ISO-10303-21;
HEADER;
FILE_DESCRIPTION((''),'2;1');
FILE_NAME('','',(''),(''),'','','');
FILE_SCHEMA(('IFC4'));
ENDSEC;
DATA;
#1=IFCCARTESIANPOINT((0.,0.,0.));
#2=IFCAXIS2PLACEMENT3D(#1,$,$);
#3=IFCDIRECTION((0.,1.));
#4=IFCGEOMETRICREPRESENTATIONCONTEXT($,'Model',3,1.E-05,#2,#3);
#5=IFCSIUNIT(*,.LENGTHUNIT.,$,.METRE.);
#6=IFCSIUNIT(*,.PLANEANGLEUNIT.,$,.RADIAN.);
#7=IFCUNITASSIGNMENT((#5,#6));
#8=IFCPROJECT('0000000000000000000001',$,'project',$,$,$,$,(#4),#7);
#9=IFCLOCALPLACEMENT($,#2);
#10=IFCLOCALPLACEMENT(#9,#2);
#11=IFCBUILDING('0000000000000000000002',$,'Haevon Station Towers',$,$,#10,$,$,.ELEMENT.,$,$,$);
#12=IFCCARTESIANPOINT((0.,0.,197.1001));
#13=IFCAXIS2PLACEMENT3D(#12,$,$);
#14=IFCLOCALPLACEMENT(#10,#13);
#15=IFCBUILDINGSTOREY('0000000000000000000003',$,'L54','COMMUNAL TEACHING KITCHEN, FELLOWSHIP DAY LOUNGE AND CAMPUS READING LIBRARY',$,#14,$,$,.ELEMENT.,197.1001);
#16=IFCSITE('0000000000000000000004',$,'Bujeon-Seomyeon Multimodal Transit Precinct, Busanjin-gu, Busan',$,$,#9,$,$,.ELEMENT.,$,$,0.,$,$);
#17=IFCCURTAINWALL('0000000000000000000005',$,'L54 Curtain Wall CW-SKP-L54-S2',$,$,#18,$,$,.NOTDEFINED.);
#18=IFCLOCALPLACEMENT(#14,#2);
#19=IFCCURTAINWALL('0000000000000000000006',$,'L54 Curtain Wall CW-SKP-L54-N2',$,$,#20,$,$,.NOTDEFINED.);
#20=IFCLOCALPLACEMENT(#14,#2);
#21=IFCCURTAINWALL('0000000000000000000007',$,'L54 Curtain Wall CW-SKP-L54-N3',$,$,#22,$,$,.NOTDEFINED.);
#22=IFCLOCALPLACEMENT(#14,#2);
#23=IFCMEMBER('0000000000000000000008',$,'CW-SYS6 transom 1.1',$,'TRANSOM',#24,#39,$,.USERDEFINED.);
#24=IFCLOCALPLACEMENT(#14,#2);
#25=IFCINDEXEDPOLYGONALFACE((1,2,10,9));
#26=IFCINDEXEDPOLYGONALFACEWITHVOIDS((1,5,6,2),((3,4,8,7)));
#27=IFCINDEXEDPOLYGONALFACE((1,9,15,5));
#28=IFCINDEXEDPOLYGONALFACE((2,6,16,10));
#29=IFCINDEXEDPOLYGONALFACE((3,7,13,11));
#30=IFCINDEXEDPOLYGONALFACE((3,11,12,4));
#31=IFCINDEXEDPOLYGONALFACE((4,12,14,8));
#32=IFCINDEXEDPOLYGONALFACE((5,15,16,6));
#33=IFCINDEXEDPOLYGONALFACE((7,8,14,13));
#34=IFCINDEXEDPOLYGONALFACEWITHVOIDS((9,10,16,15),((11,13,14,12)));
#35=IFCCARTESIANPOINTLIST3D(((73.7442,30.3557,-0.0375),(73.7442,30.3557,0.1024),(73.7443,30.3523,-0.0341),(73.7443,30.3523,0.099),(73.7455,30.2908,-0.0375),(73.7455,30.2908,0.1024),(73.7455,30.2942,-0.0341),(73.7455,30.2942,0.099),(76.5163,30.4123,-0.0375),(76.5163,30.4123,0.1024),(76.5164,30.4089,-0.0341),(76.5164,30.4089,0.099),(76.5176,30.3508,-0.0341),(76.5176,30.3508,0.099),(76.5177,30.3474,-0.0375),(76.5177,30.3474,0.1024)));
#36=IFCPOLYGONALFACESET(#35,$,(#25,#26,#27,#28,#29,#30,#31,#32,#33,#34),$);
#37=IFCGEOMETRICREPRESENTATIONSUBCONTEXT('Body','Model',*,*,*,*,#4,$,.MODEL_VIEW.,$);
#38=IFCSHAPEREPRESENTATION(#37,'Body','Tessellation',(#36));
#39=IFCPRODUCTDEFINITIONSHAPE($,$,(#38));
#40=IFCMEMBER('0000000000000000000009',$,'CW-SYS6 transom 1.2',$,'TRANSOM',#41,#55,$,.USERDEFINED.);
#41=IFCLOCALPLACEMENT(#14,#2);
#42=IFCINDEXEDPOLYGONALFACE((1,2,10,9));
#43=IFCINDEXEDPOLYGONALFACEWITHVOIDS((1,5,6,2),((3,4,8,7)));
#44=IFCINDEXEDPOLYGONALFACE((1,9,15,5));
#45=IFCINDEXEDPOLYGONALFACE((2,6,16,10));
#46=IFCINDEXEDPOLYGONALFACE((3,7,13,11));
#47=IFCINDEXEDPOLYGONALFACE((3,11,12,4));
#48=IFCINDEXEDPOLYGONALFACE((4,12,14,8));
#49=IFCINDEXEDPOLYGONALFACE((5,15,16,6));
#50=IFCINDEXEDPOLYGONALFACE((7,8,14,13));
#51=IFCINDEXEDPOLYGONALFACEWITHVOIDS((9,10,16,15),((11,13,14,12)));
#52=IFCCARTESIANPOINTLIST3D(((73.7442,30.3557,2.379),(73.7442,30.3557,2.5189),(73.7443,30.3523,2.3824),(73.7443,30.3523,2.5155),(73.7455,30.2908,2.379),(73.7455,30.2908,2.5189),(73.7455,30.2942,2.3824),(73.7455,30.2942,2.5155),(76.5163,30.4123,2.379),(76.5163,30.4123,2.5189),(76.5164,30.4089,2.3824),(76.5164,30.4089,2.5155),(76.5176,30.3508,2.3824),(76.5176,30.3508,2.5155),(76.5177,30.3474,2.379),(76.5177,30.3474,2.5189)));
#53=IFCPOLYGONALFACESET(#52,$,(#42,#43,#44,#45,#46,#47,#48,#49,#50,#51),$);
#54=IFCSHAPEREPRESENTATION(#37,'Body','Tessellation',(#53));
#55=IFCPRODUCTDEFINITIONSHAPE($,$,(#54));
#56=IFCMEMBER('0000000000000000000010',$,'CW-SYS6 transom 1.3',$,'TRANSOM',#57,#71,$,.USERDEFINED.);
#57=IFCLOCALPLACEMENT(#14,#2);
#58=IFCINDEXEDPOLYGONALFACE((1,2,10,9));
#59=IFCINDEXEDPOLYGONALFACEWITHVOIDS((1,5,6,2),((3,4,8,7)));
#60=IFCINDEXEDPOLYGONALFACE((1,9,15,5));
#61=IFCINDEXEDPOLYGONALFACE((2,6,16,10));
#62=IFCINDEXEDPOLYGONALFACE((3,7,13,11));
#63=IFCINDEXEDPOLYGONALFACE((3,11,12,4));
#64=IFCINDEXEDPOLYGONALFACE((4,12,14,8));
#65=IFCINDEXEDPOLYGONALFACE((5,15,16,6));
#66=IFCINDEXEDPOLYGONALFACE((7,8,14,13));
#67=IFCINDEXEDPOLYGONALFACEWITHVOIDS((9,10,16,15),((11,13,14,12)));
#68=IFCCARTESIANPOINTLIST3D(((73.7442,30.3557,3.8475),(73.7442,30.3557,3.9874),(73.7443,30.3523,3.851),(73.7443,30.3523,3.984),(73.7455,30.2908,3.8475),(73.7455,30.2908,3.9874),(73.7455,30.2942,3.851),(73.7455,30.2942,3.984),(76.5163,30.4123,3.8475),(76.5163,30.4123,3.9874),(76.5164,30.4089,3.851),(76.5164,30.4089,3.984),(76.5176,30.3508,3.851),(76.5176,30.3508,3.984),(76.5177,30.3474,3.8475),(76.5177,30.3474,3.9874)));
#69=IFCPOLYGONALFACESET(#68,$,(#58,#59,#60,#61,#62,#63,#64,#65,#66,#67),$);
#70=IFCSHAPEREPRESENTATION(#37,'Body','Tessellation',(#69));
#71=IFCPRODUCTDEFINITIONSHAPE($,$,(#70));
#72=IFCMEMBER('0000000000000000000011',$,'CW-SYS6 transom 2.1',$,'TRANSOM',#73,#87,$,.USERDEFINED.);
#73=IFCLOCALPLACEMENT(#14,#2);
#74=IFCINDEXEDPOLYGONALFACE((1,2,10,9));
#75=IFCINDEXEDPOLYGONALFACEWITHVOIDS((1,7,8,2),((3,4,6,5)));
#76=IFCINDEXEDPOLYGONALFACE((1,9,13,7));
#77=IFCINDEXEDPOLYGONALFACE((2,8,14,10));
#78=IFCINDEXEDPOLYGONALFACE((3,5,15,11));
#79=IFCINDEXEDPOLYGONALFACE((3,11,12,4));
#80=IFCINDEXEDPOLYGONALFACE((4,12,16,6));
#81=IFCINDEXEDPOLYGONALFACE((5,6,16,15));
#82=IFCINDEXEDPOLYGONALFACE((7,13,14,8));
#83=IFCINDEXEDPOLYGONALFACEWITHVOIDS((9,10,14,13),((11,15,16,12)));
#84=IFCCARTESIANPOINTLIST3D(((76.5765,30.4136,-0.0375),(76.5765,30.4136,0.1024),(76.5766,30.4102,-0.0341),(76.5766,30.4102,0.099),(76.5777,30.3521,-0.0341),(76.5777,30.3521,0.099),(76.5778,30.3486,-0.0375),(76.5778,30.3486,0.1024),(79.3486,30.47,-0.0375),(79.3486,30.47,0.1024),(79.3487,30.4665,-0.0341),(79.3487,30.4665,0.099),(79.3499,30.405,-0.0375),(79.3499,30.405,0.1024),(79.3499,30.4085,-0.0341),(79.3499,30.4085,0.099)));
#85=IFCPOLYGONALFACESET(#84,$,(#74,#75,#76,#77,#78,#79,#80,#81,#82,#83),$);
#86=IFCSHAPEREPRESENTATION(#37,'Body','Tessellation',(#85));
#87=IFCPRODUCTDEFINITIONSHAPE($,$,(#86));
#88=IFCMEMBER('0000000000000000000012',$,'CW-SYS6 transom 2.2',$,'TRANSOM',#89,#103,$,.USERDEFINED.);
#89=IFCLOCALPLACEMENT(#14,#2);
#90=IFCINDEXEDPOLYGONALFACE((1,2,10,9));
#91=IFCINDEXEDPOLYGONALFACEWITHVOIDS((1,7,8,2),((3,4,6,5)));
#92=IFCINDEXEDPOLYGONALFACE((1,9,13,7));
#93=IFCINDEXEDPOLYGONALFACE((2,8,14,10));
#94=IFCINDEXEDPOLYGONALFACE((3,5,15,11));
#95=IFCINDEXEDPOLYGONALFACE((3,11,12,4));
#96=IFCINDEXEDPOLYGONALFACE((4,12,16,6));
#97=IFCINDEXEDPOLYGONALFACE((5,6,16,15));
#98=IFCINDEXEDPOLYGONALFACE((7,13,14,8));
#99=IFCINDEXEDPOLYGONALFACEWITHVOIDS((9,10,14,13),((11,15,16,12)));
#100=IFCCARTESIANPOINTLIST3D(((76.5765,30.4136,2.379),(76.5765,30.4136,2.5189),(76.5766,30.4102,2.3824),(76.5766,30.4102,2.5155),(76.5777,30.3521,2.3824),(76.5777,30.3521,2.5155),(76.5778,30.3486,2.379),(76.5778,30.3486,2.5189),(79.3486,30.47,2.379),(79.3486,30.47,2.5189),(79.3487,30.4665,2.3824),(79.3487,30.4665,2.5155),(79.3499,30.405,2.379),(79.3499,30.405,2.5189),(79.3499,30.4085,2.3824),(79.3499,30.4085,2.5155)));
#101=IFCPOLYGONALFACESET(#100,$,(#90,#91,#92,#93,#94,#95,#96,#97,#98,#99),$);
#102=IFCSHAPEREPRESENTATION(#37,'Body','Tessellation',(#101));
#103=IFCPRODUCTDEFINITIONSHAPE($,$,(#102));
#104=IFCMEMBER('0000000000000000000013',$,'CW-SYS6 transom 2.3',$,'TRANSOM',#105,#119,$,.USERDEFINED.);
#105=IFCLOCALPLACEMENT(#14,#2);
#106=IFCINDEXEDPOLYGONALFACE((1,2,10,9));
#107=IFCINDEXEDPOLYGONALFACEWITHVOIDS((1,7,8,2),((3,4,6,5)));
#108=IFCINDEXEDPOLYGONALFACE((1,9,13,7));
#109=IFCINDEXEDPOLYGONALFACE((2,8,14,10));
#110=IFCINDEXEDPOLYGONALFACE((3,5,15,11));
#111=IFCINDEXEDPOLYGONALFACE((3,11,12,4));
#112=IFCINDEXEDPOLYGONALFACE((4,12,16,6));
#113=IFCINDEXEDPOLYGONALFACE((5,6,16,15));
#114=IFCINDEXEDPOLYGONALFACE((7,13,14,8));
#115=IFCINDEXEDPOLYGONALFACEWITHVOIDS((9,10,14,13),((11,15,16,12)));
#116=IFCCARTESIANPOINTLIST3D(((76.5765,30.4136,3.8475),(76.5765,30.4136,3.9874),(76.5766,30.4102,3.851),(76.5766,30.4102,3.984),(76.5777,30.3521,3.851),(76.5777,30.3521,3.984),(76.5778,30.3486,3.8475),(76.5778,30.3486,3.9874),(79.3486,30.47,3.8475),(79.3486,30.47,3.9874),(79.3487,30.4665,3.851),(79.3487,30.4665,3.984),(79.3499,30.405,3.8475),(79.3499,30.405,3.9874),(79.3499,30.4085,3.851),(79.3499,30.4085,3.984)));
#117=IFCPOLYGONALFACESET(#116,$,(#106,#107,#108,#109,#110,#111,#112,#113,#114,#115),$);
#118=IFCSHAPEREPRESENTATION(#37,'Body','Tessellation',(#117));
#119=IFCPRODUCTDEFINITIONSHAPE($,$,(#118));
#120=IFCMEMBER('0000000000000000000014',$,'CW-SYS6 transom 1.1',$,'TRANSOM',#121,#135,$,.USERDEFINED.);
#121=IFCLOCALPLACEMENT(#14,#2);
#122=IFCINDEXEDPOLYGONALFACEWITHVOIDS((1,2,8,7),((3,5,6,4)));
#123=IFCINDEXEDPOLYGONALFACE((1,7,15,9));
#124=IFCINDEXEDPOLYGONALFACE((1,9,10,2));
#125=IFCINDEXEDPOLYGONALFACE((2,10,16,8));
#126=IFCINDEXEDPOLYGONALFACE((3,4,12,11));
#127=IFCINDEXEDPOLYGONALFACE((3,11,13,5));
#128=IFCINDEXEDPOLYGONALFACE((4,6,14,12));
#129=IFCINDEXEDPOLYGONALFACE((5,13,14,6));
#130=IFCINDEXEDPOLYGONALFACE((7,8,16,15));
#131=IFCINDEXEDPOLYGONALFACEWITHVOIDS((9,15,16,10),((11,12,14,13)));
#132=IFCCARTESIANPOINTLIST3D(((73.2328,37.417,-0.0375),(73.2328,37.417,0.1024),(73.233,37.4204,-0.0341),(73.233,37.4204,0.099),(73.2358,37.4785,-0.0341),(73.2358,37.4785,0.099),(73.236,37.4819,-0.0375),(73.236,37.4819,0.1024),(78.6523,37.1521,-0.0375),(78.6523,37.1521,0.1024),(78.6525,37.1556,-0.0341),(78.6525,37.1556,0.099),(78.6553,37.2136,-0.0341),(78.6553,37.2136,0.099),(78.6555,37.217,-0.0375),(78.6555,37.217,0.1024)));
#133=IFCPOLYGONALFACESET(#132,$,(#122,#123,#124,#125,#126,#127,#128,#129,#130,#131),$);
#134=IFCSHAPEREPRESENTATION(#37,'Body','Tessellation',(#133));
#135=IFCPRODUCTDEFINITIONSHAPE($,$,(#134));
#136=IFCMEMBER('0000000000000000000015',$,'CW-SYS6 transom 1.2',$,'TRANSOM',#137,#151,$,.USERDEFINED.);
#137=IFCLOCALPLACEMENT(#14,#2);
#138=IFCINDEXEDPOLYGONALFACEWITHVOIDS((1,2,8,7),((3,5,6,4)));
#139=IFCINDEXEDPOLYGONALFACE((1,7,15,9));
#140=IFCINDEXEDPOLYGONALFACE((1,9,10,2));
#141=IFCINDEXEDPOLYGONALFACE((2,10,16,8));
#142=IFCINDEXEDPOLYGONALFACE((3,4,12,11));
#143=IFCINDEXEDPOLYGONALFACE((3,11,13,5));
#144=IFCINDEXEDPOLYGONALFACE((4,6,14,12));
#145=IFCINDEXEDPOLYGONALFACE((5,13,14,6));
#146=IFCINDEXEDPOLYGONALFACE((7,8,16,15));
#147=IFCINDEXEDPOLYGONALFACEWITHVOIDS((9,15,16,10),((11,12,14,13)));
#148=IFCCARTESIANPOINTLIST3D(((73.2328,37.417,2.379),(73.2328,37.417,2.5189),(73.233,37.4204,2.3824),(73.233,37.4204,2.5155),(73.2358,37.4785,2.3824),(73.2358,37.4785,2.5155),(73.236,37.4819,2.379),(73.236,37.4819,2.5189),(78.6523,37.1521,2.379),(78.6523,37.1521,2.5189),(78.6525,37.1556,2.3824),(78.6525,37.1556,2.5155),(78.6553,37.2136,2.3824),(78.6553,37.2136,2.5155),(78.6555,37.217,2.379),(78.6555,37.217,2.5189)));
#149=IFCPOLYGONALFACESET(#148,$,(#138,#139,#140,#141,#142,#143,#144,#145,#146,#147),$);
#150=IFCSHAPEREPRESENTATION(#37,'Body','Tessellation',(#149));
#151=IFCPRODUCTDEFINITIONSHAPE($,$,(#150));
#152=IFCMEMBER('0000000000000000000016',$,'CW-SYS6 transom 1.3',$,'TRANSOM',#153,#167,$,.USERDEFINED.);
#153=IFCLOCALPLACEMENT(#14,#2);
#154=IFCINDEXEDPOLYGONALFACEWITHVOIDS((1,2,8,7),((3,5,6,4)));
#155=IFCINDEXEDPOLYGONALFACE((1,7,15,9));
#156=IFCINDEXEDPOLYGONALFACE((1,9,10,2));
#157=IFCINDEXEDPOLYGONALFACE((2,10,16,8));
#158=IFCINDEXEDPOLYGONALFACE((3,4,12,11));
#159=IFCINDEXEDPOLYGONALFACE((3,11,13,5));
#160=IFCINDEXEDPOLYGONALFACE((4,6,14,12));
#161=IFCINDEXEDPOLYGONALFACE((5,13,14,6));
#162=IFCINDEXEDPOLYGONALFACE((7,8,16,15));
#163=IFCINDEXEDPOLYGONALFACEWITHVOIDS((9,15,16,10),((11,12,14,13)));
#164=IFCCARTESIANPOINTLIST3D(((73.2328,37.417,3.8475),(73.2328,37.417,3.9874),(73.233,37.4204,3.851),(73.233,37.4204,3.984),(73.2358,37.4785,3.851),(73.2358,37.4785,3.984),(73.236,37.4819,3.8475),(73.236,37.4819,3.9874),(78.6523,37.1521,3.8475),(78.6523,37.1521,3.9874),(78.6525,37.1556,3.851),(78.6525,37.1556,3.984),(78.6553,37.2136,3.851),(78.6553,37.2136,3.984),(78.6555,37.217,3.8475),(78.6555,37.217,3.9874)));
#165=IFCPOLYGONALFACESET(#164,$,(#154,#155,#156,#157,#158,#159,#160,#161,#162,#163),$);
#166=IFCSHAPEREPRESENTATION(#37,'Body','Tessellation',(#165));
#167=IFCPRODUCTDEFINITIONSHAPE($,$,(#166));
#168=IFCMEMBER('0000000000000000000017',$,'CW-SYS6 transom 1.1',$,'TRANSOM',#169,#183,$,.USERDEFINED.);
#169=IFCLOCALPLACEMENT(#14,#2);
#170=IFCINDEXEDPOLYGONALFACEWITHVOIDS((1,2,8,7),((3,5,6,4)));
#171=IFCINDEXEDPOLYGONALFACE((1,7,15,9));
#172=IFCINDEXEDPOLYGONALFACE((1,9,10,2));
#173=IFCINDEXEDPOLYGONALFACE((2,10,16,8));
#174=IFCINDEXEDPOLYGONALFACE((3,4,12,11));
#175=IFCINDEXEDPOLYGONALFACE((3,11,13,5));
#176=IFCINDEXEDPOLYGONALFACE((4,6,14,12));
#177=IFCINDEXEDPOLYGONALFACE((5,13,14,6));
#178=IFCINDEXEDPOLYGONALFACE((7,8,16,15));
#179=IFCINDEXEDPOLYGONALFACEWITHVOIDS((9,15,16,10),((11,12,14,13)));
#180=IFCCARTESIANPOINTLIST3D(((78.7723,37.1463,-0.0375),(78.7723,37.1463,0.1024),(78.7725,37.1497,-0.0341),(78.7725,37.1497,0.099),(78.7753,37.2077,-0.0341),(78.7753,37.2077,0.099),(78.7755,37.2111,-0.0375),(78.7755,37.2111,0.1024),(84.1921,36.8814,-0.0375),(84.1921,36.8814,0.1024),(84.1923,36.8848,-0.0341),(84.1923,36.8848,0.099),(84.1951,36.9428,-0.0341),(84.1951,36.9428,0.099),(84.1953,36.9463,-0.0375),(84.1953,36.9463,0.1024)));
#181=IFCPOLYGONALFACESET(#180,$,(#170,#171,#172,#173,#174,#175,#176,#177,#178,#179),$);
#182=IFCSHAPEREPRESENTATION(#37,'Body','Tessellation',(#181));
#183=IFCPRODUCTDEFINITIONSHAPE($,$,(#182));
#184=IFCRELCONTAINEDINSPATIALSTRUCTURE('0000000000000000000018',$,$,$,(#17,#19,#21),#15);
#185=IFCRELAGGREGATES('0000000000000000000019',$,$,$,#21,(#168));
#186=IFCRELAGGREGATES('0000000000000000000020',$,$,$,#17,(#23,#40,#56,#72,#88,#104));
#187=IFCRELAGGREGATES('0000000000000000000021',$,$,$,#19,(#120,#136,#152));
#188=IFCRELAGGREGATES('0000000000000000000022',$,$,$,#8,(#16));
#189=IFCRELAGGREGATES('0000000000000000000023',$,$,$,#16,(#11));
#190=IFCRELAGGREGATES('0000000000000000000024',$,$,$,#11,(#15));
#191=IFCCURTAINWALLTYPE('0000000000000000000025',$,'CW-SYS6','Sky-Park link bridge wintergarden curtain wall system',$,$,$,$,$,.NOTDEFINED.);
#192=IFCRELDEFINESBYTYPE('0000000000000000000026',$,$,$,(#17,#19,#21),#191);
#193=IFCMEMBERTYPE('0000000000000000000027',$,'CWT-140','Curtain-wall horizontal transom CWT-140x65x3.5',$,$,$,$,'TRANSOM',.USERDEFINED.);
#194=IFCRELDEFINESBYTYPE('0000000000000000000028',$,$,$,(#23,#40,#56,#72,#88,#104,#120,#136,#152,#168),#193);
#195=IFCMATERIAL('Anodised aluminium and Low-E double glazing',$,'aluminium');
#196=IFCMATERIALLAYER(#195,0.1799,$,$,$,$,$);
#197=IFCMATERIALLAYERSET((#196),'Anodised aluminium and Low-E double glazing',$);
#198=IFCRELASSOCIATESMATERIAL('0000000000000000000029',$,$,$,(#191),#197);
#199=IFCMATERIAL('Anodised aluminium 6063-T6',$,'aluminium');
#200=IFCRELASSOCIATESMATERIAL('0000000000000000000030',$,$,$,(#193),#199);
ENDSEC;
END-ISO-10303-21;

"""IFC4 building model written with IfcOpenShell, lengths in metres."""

from ifc_helpers import new_model, si_unit, direction, frame, origin, origin_2d, place, context, subcontext, project, spatial, hollow_rectangle, extrude, material, layer, layer_set, material_profile, profile_set, type_object, element, aggregate, save


model = new_model("IFC4")

# Units and contexts
model_context = context("Model", 3, precision=1e-05, world=origin(), true_north=direction((0.0, 1.0)))
body_context = subcontext(model_context, "Body", "Model", "MODEL_VIEW")
ifc_project = project(units=[si_unit("LENGTHUNIT", "METRE"), si_unit("PLANEANGLEUNIT", "RADIAN")], contexts=[model_context])

# Site, building, storey
site_placement = place(None, origin())
site = spatial("IfcSite", under=ifc_project, at=site_placement, Name="Bujeon-Seomyeon Multimodal Transit Precinct, Busanjin-gu, Busan", CompositionType="ELEMENT", RefElevation=0.0)
building_placement = place(site_placement, origin())
building = spatial("IfcBuilding", under=site, at=building_placement, Name="Haevon Station Towers", CompositionType="ELEMENT")
storey_placement = place(building_placement, frame((0.0, 0.0, 197.1001)))
storey = spatial("IfcBuildingStorey", under=building, at=storey_placement, Name="L54", Description="COMMUNAL TEACHING KITCHEN, FELLOWSHIP DAY LOUNGE AND CAMPUS READING LIBRARY", CompositionType="ELEMENT", Elevation=197.1001)

# Shared definitions
ifc_material_1 = material(Name="Anodised aluminium and Low-E double glazing", Category="aluminium")
ifc_layer_1 = layer(ifc_material_1, 0.1799)
ifc_layer_set_1 = layer_set([ifc_layer_1], Name="Anodised aluminium and Low-E double glazing")
curtain_wall_type = type_object("IfcCurtainWallType", Name="CW-SYS6", Description="Sky-Park link bridge wintergarden curtain wall system", PredefinedType="NOTDEFINED", material=ifc_layer_set_1)
ifc_material_2 = material(Name="Anodised aluminium 6063-T6", Category="aluminium")

# Curtain wall
curtain_wall_1_placement = place(storey_placement, origin())
curtain_wall_1 = element("IfcCurtainWall", 1, at=curtain_wall_1_placement, inside=storey, type_object=curtain_wall_type, Name="L54 Curtain Wall CW-SKP-L54-S2", PredefinedType="NOTDEFINED")

# Curtain wall
curtain_wall_2_placement = place(storey_placement, origin())
curtain_wall_2 = element("IfcCurtainWall", 2, at=curtain_wall_2_placement, inside=storey, type_object=curtain_wall_type, Name="L54 Curtain Wall CW-SKP-L54-N2", PredefinedType="NOTDEFINED")

# Curtain wall
curtain_wall_3_placement = place(storey_placement, origin())
curtain_wall_3 = element("IfcCurtainWall", 3, at=curtain_wall_3_placement, inside=storey, type_object=curtain_wall_type, Name="L54 Curtain Wall CW-SKP-L54-N3", PredefinedType="NOTDEFINED")

# Members
ifc_material_profile_1 = material_profile(ifc_material_2, hollow_rectangle(XDim=0.0649, YDim=0.1399, WallThickness=0.0034, at=origin_2d()), Name="CWT-140x65x3.5")
ifc_profile_set_1 = profile_set([ifc_material_profile_1], Name="Anodised aluminium 6063-T6")
member_type_1 = type_object("IfcMemberType", Name="CWT-140", Description="Curtain-wall horizontal transom CWT-140x65x3.5", ElementType="TRANSOM", PredefinedType="USERDEFINED", material=ifc_profile_set_1)
member_1_placement = place(storey_placement, frame((73.7449, 30.3232, 0.0325), z_axis=(0.999791, 0.020427, 0.0), x_axis=(-0.020427, 0.999791, 0.0)))
member_1 = element("IfcMember", 4, at=member_1_placement, type_object=member_type_1, Name="CW-SYS6 transom 1.1", ObjectType="TRANSOM", PredefinedType="USERDEFINED", context=body_context, shape_type="SweptSolid", body=[
    extrude(hollow_rectangle(XDim=0.0649, YDim=0.1399, WallThickness=0.0034, at=origin_2d()), origin(), (0.0, 0.0, 1.0), 2.7727),
])
member_2_placement = place(storey_placement, frame((73.7449, 30.3232, 2.449), z_axis=(0.999791, 0.020427, 0.0), x_axis=(-0.020427, 0.999791, 0.0)))
member_2 = element("IfcMember", 5, at=member_2_placement, type_object=member_type_1, Name="CW-SYS6 transom 1.2", ObjectType="TRANSOM", PredefinedType="USERDEFINED", context=body_context, shape_type="SweptSolid", body=[
    extrude(hollow_rectangle(XDim=0.0649, YDim=0.1399, WallThickness=0.0034, at=origin_2d()), origin(), (0.0, 0.0, 1.0), 2.7727),
])
member_3_placement = place(storey_placement, frame((73.7449, 30.3232, 3.9175), z_axis=(0.999791, 0.020427, 0.0), x_axis=(-0.020427, 0.999791, 0.0)))
member_3 = element("IfcMember", 6, at=member_3_placement, type_object=member_type_1, Name="CW-SYS6 transom 1.3", ObjectType="TRANSOM", PredefinedType="USERDEFINED", context=body_context, shape_type="SweptSolid", body=[
    extrude(hollow_rectangle(XDim=0.0649, YDim=0.1399, WallThickness=0.0034, at=origin_2d()), origin(), (0.0, 0.0, 1.0), 2.7727),
])
member_4_placement = place(storey_placement, frame((76.5771, 30.3811, 0.0325), z_axis=(0.999793, 0.020339, 0.0), x_axis=(-0.020339, 0.999793, 0.0)))
member_4 = element("IfcMember", 7, at=member_4_placement, type_object=member_type_1, Name="CW-SYS6 transom 2.1", ObjectType="TRANSOM", PredefinedType="USERDEFINED", context=body_context, shape_type="SweptSolid", body=[
    extrude(hollow_rectangle(XDim=0.0649, YDim=0.1399, WallThickness=0.0034, at=origin_2d()), origin(), (0.0, 0.0, 1.0), 2.7727),
])
member_5_placement = place(storey_placement, frame((76.5771, 30.3811, 2.449), z_axis=(0.999793, 0.020339, 0.0), x_axis=(-0.020339, 0.999793, 0.0)))
member_5 = element("IfcMember", 8, at=member_5_placement, type_object=member_type_1, Name="CW-SYS6 transom 2.2", ObjectType="TRANSOM", PredefinedType="USERDEFINED", context=body_context, shape_type="SweptSolid", body=[
    extrude(hollow_rectangle(XDim=0.0649, YDim=0.1399, WallThickness=0.0034, at=origin_2d()), origin(), (0.0, 0.0, 1.0), 2.7727),
])
member_6_placement = place(storey_placement, frame((76.5771, 30.3811, 3.9175), z_axis=(0.999793, 0.020339, 0.0), x_axis=(-0.020339, 0.999793, 0.0)))
member_6 = element("IfcMember", 9, at=member_6_placement, type_object=member_type_1, Name="CW-SYS6 transom 2.3", ObjectType="TRANSOM", PredefinedType="USERDEFINED", context=body_context, shape_type="SweptSolid", body=[
    extrude(hollow_rectangle(XDim=0.0649, YDim=0.1399, WallThickness=0.0034, at=origin_2d()), origin(), (0.0, 0.0, 1.0), 2.7727),
])
member_7_placement = place(storey_placement, frame((73.2344, 37.4495, 0.0325), z_axis=(0.998808, -0.048818, 0.0), x_axis=(0.048818, 0.998808, 0.0)))
member_7 = element("IfcMember", 10, at=member_7_placement, type_object=member_type_1, Name="CW-SYS6 transom 1.1", ObjectType="TRANSOM", PredefinedType="USERDEFINED", context=body_context, shape_type="SweptSolid", body=[
    extrude(hollow_rectangle(XDim=0.0649, YDim=0.1399, WallThickness=0.0034, at=origin_2d()), origin(), (0.0, 0.0, 1.0), 5.426),
])
member_8_placement = place(storey_placement, frame((73.2344, 37.4495, 2.449), z_axis=(0.998808, -0.048818, 0.0), x_axis=(0.048818, 0.998808, 0.0)))
member_8 = element("IfcMember", 11, at=member_8_placement, type_object=member_type_1, Name="CW-SYS6 transom 1.2", ObjectType="TRANSOM", PredefinedType="USERDEFINED", context=body_context, shape_type="SweptSolid", body=[
    extrude(hollow_rectangle(XDim=0.0649, YDim=0.1399, WallThickness=0.0034, at=origin_2d()), origin(), (0.0, 0.0, 1.0), 5.426),
])
member_9_placement = place(storey_placement, frame((73.2344, 37.4495, 3.9175), z_axis=(0.998808, -0.048818, 0.0), x_axis=(0.048818, 0.998808, 0.0)))
member_9 = element("IfcMember", 12, at=member_9_placement, type_object=member_type_1, Name="CW-SYS6 transom 1.3", ObjectType="TRANSOM", PredefinedType="USERDEFINED", context=body_context, shape_type="SweptSolid", body=[
    extrude(hollow_rectangle(XDim=0.0649, YDim=0.1399, WallThickness=0.0034, at=origin_2d()), origin(), (0.0, 0.0, 1.0), 5.426),
])
member_10_placement = place(storey_placement, frame((78.7739, 37.1787, 0.0325), z_axis=(0.998808, -0.048816, 0.0), x_axis=(0.048816, 0.998808, 0.0)))
member_10 = element("IfcMember", 13, at=member_10_placement, type_object=member_type_1, Name="CW-SYS6 transom 1.1", ObjectType="TRANSOM", PredefinedType="USERDEFINED", context=body_context, shape_type="SweptSolid", body=[
    extrude(hollow_rectangle(XDim=0.0649, YDim=0.1399, WallThickness=0.0034, at=origin_2d()), origin(), (0.0, 0.0, 1.0), 5.4263),
])
aggregate(curtain_wall_3, [member_10])

aggregate(curtain_wall_1, [member_1, member_2, member_3, member_4, member_5, member_6])
aggregate(curtain_wall_2, [member_7, member_8, member_9])

save(model, "model.ifc")
